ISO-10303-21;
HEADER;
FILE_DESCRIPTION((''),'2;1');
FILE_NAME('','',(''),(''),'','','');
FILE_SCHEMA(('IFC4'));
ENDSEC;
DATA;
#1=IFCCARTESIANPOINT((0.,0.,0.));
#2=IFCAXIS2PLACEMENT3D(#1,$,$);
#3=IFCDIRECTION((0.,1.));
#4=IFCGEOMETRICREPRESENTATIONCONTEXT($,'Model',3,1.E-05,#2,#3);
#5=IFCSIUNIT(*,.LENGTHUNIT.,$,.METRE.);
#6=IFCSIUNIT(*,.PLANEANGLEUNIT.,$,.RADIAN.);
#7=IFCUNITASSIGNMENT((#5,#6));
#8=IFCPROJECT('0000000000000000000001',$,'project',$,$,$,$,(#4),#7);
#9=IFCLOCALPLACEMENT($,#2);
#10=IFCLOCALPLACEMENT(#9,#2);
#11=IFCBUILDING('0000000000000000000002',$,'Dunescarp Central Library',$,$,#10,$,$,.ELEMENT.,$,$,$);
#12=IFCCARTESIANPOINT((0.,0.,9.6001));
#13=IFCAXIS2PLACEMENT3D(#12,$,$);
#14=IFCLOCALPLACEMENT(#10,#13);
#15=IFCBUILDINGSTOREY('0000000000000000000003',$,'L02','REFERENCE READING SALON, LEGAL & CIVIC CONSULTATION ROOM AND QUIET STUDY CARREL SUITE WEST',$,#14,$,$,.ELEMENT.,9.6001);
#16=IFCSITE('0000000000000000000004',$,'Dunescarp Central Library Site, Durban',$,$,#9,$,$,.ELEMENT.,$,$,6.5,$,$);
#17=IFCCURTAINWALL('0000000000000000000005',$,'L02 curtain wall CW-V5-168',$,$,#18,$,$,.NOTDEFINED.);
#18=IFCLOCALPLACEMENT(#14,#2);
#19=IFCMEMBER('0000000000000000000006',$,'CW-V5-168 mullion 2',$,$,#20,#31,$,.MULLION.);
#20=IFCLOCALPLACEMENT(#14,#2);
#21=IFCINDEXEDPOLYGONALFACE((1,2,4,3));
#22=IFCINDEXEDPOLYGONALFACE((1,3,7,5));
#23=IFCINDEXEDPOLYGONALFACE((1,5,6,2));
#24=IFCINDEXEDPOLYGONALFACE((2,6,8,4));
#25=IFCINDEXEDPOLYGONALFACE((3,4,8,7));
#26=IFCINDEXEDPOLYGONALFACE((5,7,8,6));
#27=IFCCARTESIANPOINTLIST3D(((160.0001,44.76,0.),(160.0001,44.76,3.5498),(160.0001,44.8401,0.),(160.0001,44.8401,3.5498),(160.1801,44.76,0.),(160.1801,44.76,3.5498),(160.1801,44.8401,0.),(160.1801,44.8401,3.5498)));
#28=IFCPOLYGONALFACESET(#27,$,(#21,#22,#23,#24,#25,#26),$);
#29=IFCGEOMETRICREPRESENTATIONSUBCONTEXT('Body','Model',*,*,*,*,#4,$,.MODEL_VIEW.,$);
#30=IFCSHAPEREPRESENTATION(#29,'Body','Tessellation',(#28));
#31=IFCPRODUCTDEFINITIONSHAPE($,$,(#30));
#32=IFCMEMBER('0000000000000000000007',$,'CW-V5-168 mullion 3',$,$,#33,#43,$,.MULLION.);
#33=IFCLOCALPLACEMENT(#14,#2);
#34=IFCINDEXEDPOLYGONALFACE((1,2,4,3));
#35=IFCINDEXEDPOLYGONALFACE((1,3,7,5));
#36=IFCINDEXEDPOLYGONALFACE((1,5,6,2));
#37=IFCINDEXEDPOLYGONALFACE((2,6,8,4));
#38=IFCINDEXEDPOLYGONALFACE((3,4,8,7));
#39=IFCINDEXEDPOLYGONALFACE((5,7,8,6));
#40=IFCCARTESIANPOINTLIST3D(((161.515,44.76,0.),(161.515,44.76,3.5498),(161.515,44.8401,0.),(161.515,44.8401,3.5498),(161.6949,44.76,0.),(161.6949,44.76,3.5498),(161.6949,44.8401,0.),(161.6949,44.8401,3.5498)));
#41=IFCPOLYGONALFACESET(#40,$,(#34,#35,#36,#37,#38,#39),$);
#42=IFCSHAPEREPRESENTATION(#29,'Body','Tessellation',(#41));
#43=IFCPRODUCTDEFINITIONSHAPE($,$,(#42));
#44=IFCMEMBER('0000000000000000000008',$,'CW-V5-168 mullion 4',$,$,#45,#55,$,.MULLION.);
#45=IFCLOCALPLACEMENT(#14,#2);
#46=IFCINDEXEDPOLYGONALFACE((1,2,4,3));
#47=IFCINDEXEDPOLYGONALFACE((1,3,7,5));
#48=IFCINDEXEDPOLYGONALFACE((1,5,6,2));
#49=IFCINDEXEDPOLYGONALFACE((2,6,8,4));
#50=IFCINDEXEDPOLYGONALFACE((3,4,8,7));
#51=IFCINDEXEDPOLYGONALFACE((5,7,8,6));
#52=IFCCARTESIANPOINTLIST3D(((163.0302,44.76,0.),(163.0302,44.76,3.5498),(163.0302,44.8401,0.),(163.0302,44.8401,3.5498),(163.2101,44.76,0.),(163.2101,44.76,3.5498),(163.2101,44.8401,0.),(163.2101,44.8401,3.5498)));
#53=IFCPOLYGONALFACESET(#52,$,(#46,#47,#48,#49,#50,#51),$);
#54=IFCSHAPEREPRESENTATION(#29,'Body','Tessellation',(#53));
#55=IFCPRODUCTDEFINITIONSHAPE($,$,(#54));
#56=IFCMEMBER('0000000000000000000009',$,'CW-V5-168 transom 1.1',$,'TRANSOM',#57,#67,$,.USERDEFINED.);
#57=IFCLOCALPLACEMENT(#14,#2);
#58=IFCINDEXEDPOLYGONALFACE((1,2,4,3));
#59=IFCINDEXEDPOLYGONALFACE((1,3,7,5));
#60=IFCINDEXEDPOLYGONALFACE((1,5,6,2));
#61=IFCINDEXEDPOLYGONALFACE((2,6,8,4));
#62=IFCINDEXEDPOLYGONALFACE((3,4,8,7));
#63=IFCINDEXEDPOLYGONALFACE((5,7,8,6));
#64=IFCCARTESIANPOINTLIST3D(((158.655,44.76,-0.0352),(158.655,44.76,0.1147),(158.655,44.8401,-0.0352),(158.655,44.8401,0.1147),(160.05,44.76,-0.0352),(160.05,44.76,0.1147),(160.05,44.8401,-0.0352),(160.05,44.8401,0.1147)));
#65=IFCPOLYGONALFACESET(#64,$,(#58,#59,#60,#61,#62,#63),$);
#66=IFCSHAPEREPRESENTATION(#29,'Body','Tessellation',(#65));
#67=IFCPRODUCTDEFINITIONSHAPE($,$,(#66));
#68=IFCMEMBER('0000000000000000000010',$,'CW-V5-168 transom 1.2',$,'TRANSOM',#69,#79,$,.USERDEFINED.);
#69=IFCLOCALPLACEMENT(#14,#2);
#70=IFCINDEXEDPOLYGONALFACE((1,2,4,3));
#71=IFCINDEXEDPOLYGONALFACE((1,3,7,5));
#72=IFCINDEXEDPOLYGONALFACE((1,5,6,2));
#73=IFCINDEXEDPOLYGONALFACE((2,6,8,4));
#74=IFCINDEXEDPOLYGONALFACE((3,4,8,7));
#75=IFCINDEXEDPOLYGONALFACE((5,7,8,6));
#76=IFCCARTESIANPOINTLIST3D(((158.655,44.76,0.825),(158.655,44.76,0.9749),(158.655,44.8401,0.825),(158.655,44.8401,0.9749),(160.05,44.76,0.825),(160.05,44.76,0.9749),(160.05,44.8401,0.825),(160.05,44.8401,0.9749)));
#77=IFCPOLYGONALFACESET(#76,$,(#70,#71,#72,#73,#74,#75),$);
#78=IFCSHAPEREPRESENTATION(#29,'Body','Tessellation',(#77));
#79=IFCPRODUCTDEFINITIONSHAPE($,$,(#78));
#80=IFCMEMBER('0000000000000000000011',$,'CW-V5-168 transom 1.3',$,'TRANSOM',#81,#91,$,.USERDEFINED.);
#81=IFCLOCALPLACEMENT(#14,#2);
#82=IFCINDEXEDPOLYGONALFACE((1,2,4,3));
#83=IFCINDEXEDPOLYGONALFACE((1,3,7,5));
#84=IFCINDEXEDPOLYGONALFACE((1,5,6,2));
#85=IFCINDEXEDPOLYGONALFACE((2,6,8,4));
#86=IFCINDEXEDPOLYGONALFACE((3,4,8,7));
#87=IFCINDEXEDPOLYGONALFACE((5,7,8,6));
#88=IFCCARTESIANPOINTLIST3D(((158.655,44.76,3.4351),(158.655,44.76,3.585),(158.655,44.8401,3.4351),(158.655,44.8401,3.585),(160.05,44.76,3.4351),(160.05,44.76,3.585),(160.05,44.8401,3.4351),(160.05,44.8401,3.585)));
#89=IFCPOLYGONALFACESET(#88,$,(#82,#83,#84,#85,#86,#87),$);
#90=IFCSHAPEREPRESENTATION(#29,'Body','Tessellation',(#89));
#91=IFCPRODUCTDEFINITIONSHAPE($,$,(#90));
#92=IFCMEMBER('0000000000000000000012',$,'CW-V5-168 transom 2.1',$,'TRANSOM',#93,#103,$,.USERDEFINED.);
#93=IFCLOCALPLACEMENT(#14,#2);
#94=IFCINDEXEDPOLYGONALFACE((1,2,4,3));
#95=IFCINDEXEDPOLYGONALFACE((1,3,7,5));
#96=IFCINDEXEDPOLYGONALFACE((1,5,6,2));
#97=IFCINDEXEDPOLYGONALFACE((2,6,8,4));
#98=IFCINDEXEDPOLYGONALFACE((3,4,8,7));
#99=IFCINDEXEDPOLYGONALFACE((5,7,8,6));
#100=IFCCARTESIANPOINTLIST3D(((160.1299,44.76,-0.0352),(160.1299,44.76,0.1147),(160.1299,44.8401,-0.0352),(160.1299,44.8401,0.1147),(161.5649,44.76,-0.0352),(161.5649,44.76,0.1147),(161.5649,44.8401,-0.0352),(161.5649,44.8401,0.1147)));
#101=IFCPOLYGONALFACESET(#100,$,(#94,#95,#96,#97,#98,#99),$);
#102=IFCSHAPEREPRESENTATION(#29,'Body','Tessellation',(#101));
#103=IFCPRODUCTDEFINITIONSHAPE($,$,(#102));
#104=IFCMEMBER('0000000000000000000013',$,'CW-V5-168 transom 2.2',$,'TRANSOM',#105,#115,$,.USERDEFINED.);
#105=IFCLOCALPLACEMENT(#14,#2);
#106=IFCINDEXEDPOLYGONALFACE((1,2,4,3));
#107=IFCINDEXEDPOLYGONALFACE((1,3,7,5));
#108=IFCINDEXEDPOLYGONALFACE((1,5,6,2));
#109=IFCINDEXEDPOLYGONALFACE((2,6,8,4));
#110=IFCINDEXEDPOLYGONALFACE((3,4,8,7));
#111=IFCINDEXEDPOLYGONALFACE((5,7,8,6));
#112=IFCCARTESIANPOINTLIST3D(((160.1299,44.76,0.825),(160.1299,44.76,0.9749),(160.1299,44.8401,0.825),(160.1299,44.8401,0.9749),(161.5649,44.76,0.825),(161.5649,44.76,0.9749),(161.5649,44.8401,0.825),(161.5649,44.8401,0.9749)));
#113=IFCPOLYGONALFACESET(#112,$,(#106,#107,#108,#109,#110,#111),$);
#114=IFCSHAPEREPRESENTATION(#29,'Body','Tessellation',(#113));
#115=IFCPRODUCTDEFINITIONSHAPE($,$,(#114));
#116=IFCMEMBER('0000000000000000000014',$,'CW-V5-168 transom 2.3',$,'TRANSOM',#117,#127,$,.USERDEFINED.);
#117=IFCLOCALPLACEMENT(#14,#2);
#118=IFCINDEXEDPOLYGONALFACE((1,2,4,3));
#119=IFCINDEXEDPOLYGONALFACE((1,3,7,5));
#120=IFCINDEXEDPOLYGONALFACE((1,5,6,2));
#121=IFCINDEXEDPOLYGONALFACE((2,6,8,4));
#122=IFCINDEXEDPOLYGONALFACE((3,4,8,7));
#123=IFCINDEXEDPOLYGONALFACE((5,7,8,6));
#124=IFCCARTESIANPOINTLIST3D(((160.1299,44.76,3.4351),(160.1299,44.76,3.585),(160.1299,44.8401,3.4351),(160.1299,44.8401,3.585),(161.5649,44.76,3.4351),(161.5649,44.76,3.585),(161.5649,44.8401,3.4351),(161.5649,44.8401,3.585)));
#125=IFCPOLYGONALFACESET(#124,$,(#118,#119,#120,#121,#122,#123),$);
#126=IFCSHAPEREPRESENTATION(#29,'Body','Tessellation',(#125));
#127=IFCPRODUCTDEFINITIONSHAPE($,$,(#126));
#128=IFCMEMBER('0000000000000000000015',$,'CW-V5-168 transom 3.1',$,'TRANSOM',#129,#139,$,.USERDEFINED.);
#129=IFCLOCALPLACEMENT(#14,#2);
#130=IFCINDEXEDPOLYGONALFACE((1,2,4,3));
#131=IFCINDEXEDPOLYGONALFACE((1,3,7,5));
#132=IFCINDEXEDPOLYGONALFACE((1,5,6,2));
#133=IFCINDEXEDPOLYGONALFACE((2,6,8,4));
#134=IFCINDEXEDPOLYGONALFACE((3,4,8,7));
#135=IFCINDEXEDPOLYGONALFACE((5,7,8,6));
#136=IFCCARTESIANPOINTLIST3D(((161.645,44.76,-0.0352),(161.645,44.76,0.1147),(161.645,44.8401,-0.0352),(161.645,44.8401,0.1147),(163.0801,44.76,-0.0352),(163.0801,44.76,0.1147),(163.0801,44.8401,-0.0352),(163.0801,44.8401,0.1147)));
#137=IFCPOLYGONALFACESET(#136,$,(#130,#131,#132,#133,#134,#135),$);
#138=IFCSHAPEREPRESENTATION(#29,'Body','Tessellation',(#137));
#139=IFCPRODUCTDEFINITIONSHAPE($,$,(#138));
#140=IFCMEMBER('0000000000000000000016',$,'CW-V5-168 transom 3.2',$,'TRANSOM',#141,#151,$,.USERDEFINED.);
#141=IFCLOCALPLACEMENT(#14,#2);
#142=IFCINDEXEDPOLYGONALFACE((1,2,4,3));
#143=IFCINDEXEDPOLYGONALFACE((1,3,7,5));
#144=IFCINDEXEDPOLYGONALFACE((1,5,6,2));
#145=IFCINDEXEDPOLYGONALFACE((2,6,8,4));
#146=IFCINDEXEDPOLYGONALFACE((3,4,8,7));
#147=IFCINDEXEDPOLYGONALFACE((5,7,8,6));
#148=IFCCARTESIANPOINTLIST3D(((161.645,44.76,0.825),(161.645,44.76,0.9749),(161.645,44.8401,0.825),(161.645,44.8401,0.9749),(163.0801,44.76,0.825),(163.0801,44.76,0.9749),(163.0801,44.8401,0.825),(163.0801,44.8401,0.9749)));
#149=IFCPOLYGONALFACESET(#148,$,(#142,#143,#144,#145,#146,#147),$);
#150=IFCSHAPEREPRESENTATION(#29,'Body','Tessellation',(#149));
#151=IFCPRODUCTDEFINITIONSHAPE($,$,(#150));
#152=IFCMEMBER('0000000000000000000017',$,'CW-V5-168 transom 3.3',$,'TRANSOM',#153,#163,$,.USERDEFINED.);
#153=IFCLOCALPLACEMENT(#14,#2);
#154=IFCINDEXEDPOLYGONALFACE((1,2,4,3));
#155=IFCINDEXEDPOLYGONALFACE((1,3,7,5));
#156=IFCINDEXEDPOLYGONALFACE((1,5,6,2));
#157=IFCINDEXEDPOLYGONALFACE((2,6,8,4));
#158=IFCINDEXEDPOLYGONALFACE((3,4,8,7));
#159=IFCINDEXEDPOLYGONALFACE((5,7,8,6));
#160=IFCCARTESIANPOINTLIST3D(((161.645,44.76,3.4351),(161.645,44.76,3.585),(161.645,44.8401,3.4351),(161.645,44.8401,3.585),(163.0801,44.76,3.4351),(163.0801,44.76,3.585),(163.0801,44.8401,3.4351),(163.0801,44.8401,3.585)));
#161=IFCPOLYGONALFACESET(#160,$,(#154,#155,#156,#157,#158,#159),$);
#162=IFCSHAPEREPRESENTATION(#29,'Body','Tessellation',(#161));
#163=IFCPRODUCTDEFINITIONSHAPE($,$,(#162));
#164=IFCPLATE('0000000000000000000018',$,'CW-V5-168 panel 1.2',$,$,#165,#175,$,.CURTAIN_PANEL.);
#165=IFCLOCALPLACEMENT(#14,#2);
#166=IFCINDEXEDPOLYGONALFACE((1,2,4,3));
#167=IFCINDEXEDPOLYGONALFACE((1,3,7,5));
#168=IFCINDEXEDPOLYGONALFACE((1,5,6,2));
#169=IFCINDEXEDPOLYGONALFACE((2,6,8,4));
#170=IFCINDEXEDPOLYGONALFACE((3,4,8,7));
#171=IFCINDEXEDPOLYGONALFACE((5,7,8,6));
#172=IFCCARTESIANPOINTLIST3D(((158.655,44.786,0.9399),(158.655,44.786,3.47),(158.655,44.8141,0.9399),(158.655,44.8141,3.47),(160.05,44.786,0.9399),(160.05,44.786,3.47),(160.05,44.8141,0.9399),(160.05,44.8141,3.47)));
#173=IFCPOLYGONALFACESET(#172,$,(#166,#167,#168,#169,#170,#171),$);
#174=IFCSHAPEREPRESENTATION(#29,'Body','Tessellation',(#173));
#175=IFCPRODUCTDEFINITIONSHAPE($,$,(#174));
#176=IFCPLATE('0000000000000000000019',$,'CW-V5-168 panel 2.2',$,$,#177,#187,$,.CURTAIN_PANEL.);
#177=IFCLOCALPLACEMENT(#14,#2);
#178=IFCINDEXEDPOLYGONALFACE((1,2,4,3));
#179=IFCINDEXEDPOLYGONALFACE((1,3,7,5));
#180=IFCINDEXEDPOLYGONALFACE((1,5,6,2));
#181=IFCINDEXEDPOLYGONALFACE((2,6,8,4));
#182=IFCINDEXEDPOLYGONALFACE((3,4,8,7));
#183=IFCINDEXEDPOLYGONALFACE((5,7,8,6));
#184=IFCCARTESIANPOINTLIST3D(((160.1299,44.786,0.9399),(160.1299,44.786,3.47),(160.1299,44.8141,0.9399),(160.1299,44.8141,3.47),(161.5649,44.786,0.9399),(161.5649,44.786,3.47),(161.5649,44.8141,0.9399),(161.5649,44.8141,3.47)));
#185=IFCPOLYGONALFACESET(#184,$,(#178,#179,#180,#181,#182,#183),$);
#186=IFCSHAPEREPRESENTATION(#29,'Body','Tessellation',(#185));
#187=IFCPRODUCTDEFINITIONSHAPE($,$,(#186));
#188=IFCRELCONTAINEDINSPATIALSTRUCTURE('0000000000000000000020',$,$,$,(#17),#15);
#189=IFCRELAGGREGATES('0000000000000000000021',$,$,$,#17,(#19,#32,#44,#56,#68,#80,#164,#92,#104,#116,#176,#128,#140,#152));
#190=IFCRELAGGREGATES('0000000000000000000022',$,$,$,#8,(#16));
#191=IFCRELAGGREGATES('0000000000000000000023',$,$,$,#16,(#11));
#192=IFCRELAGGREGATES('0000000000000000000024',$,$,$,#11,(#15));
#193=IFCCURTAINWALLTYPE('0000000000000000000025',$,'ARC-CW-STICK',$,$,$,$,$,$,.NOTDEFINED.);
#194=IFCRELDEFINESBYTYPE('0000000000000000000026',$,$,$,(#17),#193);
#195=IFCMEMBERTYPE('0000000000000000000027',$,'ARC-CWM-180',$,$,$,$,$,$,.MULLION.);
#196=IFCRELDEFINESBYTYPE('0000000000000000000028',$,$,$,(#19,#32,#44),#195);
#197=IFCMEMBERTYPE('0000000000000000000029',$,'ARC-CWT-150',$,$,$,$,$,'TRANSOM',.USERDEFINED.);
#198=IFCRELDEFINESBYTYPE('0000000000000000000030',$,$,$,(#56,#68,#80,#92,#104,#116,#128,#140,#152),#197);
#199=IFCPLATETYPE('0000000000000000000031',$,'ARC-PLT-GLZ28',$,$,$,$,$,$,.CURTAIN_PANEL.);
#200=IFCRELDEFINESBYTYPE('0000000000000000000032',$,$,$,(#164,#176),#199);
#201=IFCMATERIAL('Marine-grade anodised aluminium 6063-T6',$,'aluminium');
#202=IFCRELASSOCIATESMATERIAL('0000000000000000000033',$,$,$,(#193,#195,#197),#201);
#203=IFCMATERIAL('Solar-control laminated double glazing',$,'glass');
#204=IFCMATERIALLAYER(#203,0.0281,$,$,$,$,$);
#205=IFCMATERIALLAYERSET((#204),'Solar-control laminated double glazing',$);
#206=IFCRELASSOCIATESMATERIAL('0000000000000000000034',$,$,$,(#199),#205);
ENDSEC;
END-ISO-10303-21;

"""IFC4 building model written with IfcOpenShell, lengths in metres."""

from ifc_helpers import new_model, si_unit, direction, frame, origin, origin_2d, place, context, subcontext, project, spatial, rectangle, extrude, material, layer, layer_set, material_profile, profile_set, type_object, element, aggregate, save


model = new_model("IFC4")

# Units and contexts
model_context = context("Model", 3, precision=1e-05, world=origin(), true_north=direction((0.0, 1.0)))
body_context = subcontext(model_context, "Body", "Model", "MODEL_VIEW")
ifc_project = project(units=[si_unit("LENGTHUNIT", "METRE"), si_unit("PLANEANGLEUNIT", "RADIAN")], contexts=[model_context])

# Site, building, storey
site_placement = place(None, origin())
site = spatial("IfcSite", under=ifc_project, at=site_placement, Name="Dunescarp Central Library Site, Durban", CompositionType="ELEMENT", RefElevation=6.5)
building_placement = place(site_placement, origin())
building = spatial("IfcBuilding", under=site, at=building_placement, Name="Dunescarp Central Library", CompositionType="ELEMENT")
storey_placement = place(building_placement, frame((0.0, 0.0, 9.6001)))
storey = spatial("IfcBuildingStorey", under=building, at=storey_placement, Name="L02", Description="REFERENCE READING SALON, LEGAL & CIVIC CONSULTATION ROOM AND QUIET STUDY CARREL SUITE WEST", CompositionType="ELEMENT", Elevation=9.6001)

# Curtain wall, members, plates
ifc_material_1 = material(Name="Marine-grade anodised aluminium 6063-T6", Category="aluminium")
curtain_wall_type = type_object("IfcCurtainWallType", Name="ARC-CW-STICK", PredefinedType="NOTDEFINED", material=ifc_material_1)
curtain_wall_placement = place(storey_placement, origin())
curtain_wall = element("IfcCurtainWall", 1, at=curtain_wall_placement, inside=storey, type_object=curtain_wall_type, Name="L02 curtain wall CW-V5-168", PredefinedType="NOTDEFINED")
ifc_material_profile_1 = material_profile(ifc_material_1, rectangle(XDim=0.0801, YDim=0.1799, at=origin_2d()), Name="AL 80x180")
ifc_profile_set_1 = profile_set([ifc_material_profile_1], Name="Marine-grade anodised aluminium 6063-T6")
member_type_1 = type_object("IfcMemberType", Name="ARC-CWM-180", PredefinedType="MULLION", material=ifc_profile_set_1)
member_1_placement = place(storey_placement, frame((160.0901, 44.8, 0.0), z_axis=(0.0, 0.0, 1.0), x_axis=(0.0, 1.0, 0.0)))
member_1 = element("IfcMember", 2, at=member_1_placement, type_object=member_type_1, Name="CW-V5-168 mullion 2", PredefinedType="MULLION", context=body_context, shape_type="SweptSolid", body=[
    extrude(rectangle(XDim=0.0801, YDim=0.1799, at=origin_2d()), origin(), (0.0, 0.0, 1.0), 3.5498),
])
member_2_placement = place(storey_placement, frame((161.605, 44.8, 0.0), z_axis=(0.0, 0.0, 1.0), x_axis=(0.0, 1.0, 0.0)))
member_2 = element("IfcMember", 3, at=member_2_placement, type_object=member_type_1, Name="CW-V5-168 mullion 3", PredefinedType="MULLION", context=body_context, shape_type="SweptSolid", body=[
    extrude(rectangle(XDim=0.0801, YDim=0.1799, at=origin_2d()), origin(), (0.0, 0.0, 1.0), 3.5498),
])
member_3_placement = place(storey_placement, frame((163.1201, 44.8, 0.0), z_axis=(0.0, 0.0, 1.0), x_axis=(0.0, 1.0, 0.0)))
member_3 = element("IfcMember", 4, at=member_3_placement, type_object=member_type_1, Name="CW-V5-168 mullion 4", PredefinedType="MULLION", context=body_context, shape_type="SweptSolid", body=[
    extrude(rectangle(XDim=0.0801, YDim=0.1799, at=origin_2d()), origin(), (0.0, 0.0, 1.0), 3.5498),
])
ifc_material_profile_2 = material_profile(ifc_material_1, rectangle(XDim=0.0801, YDim=0.1499, at=origin_2d()), Name="AL 80x150")
ifc_profile_set_2 = profile_set([ifc_material_profile_2], Name="Marine-grade anodised aluminium 6063-T6")
member_type_2 = type_object("IfcMemberType", Name="ARC-CWT-150", ElementType="TRANSOM", PredefinedType="USERDEFINED", material=ifc_profile_set_2)
member_4_placement = place(storey_placement, frame((158.655, 44.8, 0.0398), z_axis=(1.0, 0.0, 0.0), x_axis=(0.0, 1.0, 0.0)))
member_4 = element("IfcMember", 5, at=member_4_placement, type_object=member_type_2, Name="CW-V5-168 transom 1.1", ObjectType="TRANSOM", PredefinedType="USERDEFINED", context=body_context, shape_type="SweptSolid", body=[
    extrude(rectangle(XDim=0.0801, YDim=0.1499, at=origin_2d()), origin(), (0.0, 0.0, 1.0), 1.395),
])
member_5_placement = place(storey_placement, frame((158.655, 44.8, 0.8999), z_axis=(1.0, 0.0, 0.0), x_axis=(0.0, 1.0, 0.0)))
member_5 = element("IfcMember", 6, at=member_5_placement, type_object=member_type_2, Name="CW-V5-168 transom 1.2", ObjectType="TRANSOM", PredefinedType="USERDEFINED", context=body_context, shape_type="SweptSolid", body=[
    extrude(rectangle(XDim=0.0801, YDim=0.1499, at=origin_2d()), origin(), (0.0, 0.0, 1.0), 1.395),
])
member_6_placement = place(storey_placement, frame((158.655, 44.8, 3.51), z_axis=(1.0, 0.0, 0.0), x_axis=(0.0, 1.0, 0.0)))
member_6 = element("IfcMember", 7, at=member_6_placement, type_object=member_type_2, Name="CW-V5-168 transom 1.3", ObjectType="TRANSOM", PredefinedType="USERDEFINED", context=body_context, shape_type="SweptSolid", body=[
    extrude(rectangle(XDim=0.0801, YDim=0.1499, at=origin_2d()), origin(), (0.0, 0.0, 1.0), 1.395),
])
member_7_placement = place(storey_placement, frame((160.1299, 44.8, 0.0398), z_axis=(1.0, 0.0, 0.0), x_axis=(0.0, 1.0, 0.0)))
member_7 = element("IfcMember", 8, at=member_7_placement, type_object=member_type_2, Name="CW-V5-168 transom 2.1", ObjectType="TRANSOM", PredefinedType="USERDEFINED", context=body_context, shape_type="SweptSolid", body=[
    extrude(rectangle(XDim=0.0801, YDim=0.1499, at=origin_2d()), origin(), (0.0, 0.0, 1.0), 1.4351),
])
member_8_placement = place(storey_placement, frame((160.1299, 44.8, 0.8999), z_axis=(1.0, 0.0, 0.0), x_axis=(0.0, 1.0, 0.0)))
member_8 = element("IfcMember", 9, at=member_8_placement, type_object=member_type_2, Name="CW-V5-168 transom 2.2", ObjectType="TRANSOM", PredefinedType="USERDEFINED", context=body_context, shape_type="SweptSolid", body=[
    extrude(rectangle(XDim=0.0801, YDim=0.1499, at=origin_2d()), origin(), (0.0, 0.0, 1.0), 1.4351),
])
member_9_placement = place(storey_placement, frame((160.1299, 44.8, 3.51), z_axis=(1.0, 0.0, 0.0), x_axis=(0.0, 1.0, 0.0)))
member_9 = element("IfcMember", 10, at=member_9_placement, type_object=member_type_2, Name="CW-V5-168 transom 2.3", ObjectType="TRANSOM", PredefinedType="USERDEFINED", context=body_context, shape_type="SweptSolid", body=[
    extrude(rectangle(XDim=0.0801, YDim=0.1499, at=origin_2d()), origin(), (0.0, 0.0, 1.0), 1.4351),
])
member_10_placement = place(storey_placement, frame((161.645, 44.8, 0.0398), z_axis=(1.0, 0.0, 0.0), x_axis=(0.0, 1.0, 0.0)))
member_10 = element("IfcMember", 11, at=member_10_placement, type_object=member_type_2, Name="CW-V5-168 transom 3.1", ObjectType="TRANSOM", PredefinedType="USERDEFINED", context=body_context, shape_type="SweptSolid", body=[
    extrude(rectangle(XDim=0.0801, YDim=0.1499, at=origin_2d()), origin(), (0.0, 0.0, 1.0), 1.4351),
])
member_11_placement = place(storey_placement, frame((161.645, 44.8, 0.8999), z_axis=(1.0, 0.0, 0.0), x_axis=(0.0, 1.0, 0.0)))
member_11 = element("IfcMember", 12, at=member_11_placement, type_object=member_type_2, Name="CW-V5-168 transom 3.2", ObjectType="TRANSOM", PredefinedType="USERDEFINED", context=body_context, shape_type="SweptSolid", body=[
    extrude(rectangle(XDim=0.0801, YDim=0.1499, at=origin_2d()), origin(), (0.0, 0.0, 1.0), 1.4351),
])
member_12_placement = place(storey_placement, frame((161.645, 44.8, 3.51), z_axis=(1.0, 0.0, 0.0), x_axis=(0.0, 1.0, 0.0)))
member_12 = element("IfcMember", 13, at=member_12_placement, type_object=member_type_2, Name="CW-V5-168 transom 3.3", ObjectType="TRANSOM", PredefinedType="USERDEFINED", context=body_context, shape_type="SweptSolid", body=[
    extrude(rectangle(XDim=0.0801, YDim=0.1499, at=origin_2d()), origin(), (0.0, 0.0, 1.0), 1.4351),
])
ifc_material_2 = material(Name="Solar-control laminated double glazing", Category="glass")
ifc_layer_1 = layer(ifc_material_2, 0.0281)
ifc_layer_set_1 = layer_set([ifc_layer_1], Name="Solar-control laminated double glazing")
plate_type_1 = type_object("IfcPlateType", Name="ARC-PLT-GLZ28", PredefinedType="CURTAIN_PANEL", material=ifc_layer_set_1)
plate_1_placement = place(storey_placement, frame((159.3525, 44.8, 0.9399), z_axis=(0.0, 0.0, 1.0), x_axis=(1.0, 0.0, 0.0)))
plate_1 = element("IfcPlate", 14, at=plate_1_placement, type_object=plate_type_1, Name="CW-V5-168 panel 1.2", PredefinedType="CURTAIN_PANEL", context=body_context, shape_type="SweptSolid", body=[
    extrude(rectangle(XDim=1.395, YDim=0.0281, at=origin_2d()), origin(), (0.0, 0.0, 1.0), 2.53),
])
plate_2_placement = place(storey_placement, frame((160.8474, 44.8, 0.9399), z_axis=(0.0, 0.0, 1.0), x_axis=(1.0, 0.0, 0.0)))
plate_2 = element("IfcPlate", 15, at=plate_2_placement, type_object=plate_type_1, Name="CW-V5-168 panel 2.2", PredefinedType="CURTAIN_PANEL", context=body_context, shape_type="SweptSolid", body=[
    extrude(rectangle(XDim=1.4351, YDim=0.0281, at=origin_2d()), origin(), (0.0, 0.0, 1.0), 2.53),
])
aggregate(curtain_wall, [member_1, member_2, member_3, member_4, member_5, member_6, plate_1, member_7, member_8, member_9, plate_2, member_10, member_11, member_12])

save(model, "model.ifc")
